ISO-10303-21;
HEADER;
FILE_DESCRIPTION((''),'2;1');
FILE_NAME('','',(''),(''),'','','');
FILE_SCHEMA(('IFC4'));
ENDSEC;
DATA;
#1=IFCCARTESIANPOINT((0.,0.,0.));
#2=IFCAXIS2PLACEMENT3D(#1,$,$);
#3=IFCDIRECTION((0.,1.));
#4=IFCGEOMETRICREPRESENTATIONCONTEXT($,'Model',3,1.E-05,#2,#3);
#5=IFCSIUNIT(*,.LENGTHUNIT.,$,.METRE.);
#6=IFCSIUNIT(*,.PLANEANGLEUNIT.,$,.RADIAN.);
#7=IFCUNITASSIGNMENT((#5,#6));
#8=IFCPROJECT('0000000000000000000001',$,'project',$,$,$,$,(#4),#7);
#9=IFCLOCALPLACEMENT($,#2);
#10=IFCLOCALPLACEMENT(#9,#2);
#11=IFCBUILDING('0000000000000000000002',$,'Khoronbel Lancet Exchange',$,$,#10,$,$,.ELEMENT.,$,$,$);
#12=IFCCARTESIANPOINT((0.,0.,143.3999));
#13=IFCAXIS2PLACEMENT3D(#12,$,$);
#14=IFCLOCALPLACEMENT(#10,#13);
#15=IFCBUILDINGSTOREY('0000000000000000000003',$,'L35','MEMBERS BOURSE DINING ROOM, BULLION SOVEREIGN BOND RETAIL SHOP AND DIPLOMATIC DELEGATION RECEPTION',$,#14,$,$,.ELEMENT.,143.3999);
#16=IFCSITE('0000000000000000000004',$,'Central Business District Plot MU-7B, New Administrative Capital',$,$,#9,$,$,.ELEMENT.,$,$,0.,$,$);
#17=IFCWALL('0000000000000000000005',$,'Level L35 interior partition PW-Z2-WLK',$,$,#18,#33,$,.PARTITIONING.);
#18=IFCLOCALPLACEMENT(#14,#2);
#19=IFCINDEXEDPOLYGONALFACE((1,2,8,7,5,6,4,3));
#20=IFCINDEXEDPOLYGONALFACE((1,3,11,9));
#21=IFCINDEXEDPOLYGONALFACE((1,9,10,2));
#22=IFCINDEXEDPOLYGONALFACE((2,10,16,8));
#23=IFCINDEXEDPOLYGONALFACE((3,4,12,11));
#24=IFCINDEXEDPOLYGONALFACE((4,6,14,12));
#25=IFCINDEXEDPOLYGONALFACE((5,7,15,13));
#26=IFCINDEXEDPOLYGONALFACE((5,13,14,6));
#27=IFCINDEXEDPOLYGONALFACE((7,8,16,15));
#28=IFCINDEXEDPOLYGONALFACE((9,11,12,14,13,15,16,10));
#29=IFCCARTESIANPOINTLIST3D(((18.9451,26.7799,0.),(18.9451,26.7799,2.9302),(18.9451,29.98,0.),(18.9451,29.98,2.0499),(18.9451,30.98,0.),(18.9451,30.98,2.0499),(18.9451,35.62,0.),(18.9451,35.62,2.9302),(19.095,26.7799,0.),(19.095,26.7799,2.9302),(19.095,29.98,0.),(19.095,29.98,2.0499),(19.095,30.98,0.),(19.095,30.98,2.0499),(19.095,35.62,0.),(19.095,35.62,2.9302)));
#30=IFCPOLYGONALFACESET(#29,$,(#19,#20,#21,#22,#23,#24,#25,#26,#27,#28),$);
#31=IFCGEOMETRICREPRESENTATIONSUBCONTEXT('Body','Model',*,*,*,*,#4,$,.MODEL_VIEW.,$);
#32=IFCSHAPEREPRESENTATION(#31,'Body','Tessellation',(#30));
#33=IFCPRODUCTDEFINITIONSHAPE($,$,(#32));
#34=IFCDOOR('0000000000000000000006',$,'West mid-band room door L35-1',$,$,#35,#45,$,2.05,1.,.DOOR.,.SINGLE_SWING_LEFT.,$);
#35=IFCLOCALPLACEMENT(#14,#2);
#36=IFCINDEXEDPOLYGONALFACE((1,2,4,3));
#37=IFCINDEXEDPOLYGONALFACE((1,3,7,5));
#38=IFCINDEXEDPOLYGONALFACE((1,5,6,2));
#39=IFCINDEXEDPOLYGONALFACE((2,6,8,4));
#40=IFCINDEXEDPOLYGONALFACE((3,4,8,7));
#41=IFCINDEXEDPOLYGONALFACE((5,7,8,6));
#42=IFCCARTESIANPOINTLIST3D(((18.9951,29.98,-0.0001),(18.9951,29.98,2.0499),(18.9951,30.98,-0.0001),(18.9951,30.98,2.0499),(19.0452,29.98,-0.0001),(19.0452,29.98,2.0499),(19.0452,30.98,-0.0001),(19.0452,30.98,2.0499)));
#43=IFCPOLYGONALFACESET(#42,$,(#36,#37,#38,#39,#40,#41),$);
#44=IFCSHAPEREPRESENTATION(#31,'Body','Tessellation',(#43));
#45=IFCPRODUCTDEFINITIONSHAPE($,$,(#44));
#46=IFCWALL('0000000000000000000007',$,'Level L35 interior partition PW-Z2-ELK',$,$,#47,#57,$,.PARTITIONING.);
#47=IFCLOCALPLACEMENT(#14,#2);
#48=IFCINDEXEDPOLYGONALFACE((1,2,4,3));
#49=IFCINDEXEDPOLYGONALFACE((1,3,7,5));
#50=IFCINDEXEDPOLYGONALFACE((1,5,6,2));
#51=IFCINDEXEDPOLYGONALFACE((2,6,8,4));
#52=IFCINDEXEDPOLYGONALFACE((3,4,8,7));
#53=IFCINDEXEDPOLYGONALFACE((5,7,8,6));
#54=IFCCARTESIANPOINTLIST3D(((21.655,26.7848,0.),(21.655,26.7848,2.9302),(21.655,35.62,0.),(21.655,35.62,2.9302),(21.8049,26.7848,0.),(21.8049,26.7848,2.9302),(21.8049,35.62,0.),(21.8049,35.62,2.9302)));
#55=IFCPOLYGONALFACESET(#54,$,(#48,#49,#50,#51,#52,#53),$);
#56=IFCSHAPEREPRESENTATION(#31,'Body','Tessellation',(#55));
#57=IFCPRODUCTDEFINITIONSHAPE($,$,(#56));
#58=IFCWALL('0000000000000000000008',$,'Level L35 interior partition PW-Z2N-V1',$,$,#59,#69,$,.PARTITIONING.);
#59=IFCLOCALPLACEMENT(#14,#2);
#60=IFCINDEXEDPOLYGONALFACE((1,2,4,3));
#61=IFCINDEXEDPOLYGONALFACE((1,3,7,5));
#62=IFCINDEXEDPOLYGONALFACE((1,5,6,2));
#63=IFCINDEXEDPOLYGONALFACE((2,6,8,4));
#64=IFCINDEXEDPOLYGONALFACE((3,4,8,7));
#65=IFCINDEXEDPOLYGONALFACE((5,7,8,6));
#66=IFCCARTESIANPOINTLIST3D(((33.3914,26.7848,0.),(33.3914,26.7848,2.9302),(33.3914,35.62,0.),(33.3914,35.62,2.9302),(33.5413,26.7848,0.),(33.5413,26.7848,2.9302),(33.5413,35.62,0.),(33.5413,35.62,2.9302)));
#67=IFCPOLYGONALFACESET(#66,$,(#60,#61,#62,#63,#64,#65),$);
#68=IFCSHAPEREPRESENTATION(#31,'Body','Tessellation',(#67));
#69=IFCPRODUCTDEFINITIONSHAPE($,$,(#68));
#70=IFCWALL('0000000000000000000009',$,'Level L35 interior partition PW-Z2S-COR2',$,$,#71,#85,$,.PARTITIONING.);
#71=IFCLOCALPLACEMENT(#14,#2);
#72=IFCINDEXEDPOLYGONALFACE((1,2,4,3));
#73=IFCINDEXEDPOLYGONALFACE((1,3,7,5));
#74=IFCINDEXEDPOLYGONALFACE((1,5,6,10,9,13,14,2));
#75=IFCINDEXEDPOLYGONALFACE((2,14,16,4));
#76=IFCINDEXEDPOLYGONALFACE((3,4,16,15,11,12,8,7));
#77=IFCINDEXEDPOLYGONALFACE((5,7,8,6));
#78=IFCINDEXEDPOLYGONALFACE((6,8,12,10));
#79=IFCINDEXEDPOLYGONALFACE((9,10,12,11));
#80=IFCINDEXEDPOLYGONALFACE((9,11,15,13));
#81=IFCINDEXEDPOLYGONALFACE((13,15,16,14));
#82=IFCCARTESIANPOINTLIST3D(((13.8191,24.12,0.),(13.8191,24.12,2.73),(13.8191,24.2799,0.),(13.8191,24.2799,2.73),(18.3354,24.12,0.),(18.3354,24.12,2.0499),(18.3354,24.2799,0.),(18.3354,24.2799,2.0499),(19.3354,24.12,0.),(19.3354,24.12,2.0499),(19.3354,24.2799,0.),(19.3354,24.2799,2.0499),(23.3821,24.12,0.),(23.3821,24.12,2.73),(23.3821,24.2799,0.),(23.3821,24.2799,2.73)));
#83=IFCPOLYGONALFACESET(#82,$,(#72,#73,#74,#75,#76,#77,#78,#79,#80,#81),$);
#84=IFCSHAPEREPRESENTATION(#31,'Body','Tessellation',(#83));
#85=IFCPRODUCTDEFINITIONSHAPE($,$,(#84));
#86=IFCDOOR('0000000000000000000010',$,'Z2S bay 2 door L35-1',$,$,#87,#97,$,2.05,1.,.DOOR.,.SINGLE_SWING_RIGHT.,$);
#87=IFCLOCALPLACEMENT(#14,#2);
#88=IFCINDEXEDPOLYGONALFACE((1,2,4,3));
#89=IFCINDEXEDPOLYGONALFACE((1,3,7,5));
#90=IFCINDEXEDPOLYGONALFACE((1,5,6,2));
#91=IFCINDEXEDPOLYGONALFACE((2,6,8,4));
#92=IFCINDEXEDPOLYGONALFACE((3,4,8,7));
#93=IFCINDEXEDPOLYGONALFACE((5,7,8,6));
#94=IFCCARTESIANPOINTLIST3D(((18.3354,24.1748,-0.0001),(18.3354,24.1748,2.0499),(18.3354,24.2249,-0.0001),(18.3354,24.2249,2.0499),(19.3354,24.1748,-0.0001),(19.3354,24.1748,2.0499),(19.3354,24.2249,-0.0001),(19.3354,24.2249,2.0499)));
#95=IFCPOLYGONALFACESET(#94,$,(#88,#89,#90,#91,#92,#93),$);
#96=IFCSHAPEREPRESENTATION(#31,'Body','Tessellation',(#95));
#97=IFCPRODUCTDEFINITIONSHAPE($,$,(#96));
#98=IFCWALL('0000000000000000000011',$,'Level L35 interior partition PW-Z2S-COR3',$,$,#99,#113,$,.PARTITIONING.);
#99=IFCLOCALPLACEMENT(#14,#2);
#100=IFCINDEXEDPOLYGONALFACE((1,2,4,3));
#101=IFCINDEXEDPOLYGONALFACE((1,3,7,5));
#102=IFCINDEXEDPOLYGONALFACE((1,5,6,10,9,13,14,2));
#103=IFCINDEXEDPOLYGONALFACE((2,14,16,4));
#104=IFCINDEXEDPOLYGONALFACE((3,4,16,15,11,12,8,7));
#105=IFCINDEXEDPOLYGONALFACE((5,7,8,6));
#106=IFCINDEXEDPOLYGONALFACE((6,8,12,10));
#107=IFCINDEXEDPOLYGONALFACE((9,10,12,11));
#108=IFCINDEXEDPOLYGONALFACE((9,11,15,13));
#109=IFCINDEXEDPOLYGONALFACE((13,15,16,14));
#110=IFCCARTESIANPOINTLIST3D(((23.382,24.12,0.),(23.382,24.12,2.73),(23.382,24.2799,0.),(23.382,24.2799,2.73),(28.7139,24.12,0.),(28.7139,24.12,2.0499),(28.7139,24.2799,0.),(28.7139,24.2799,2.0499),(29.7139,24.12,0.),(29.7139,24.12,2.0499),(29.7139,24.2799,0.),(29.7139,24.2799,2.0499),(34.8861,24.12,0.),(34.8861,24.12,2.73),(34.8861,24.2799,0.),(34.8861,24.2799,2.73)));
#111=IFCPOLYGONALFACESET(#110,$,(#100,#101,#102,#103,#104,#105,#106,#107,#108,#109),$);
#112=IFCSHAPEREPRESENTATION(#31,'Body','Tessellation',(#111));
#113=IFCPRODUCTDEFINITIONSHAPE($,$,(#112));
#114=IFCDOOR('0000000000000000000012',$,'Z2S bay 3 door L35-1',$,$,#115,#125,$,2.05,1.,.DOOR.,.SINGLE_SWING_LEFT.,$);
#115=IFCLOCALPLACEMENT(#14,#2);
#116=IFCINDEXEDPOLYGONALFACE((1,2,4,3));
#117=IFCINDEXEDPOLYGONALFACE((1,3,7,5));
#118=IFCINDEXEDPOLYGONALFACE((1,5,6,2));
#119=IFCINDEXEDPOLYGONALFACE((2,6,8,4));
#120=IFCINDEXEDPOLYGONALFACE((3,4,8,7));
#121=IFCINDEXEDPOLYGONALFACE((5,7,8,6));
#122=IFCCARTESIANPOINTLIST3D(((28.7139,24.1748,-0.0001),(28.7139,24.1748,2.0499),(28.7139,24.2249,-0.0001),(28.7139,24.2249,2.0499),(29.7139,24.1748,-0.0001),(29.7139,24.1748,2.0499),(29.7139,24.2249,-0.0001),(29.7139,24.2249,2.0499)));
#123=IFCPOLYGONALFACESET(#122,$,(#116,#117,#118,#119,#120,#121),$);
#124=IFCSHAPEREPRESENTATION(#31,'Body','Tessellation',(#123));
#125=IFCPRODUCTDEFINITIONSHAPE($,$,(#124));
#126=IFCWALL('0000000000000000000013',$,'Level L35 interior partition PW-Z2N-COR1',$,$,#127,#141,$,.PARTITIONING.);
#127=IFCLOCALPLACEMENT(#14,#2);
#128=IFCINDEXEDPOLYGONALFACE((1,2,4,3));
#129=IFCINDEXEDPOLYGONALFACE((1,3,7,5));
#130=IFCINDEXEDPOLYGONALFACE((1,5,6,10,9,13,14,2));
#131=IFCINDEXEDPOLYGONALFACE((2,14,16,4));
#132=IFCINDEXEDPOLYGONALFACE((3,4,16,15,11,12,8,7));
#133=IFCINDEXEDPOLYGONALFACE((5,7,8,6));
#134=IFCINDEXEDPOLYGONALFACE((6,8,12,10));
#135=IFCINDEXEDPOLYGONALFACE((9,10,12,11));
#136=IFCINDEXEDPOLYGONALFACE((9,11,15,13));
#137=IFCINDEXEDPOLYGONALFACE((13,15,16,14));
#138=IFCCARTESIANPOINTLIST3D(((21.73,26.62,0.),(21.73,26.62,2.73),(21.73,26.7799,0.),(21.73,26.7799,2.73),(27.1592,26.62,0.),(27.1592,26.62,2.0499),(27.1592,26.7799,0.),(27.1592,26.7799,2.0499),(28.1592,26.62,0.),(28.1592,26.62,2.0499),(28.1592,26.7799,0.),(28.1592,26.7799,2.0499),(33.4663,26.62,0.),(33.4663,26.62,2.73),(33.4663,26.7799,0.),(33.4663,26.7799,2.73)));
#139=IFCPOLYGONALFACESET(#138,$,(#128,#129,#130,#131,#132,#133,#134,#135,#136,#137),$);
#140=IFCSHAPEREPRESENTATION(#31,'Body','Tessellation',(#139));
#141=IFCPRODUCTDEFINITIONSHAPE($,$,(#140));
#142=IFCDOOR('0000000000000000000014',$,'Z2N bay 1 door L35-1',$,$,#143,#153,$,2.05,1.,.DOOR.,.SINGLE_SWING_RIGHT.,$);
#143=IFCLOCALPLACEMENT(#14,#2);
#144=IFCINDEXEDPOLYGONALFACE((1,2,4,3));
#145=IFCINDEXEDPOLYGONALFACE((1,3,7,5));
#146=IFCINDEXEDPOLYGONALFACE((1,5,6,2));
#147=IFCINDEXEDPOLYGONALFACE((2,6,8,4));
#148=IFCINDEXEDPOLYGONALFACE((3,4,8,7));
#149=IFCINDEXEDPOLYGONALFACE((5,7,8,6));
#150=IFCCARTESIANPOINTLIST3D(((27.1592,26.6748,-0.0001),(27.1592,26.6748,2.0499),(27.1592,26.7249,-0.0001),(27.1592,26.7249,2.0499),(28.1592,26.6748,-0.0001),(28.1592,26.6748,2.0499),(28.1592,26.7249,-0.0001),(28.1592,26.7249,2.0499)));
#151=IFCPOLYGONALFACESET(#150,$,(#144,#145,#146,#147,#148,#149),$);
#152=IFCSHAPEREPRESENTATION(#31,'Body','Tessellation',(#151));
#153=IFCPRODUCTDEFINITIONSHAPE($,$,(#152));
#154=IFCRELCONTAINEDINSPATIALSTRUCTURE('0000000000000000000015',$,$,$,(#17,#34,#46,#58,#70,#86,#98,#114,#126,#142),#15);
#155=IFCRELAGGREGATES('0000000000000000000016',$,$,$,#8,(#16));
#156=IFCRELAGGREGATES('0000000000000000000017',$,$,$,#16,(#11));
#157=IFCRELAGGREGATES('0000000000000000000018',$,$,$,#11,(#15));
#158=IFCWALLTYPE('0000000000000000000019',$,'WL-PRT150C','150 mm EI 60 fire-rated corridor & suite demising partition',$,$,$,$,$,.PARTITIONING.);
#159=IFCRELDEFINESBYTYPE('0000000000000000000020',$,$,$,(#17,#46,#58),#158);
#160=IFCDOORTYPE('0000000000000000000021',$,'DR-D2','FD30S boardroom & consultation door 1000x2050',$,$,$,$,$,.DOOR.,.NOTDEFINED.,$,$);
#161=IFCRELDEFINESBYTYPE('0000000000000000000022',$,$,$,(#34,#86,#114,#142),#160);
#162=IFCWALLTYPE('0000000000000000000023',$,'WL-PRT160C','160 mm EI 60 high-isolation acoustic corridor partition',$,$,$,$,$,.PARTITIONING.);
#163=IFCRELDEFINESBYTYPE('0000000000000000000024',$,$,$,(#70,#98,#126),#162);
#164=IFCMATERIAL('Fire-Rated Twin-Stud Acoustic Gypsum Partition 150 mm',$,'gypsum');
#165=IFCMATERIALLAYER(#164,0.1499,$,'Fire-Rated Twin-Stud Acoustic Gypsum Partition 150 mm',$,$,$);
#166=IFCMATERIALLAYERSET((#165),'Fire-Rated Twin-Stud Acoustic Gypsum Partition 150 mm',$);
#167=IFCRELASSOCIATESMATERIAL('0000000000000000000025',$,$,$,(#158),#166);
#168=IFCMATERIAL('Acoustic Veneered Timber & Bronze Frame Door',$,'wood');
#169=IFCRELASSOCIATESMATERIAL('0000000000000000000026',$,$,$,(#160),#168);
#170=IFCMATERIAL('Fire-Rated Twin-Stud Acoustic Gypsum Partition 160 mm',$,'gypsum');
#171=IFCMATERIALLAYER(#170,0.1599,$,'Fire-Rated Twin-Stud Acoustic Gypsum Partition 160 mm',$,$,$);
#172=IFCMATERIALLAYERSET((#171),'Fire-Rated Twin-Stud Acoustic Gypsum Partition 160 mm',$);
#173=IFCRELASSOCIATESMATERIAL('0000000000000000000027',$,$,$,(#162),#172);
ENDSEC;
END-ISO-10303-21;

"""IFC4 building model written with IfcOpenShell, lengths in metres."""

from ifc_helpers import new_model, si_unit, direction, frame, frame_2d, origin, place, context, subcontext, project, spatial, rectangle, extrude, material, layer, layer_set, type_object, element, fill, save


model = new_model("IFC4")

# Units and contexts
model_context = context("Model", 3, precision=1e-05, world=origin(), true_north=direction((0.0, 1.0)))
body_context = subcontext(model_context, "Body", "Model", "MODEL_VIEW")
ifc_project = project(units=[si_unit("LENGTHUNIT", "METRE"), si_unit("PLANEANGLEUNIT", "RADIAN")], contexts=[model_context])

# Site, building, storey
site_placement = place(None, origin())
site = spatial("IfcSite", under=ifc_project, at=site_placement, Name="Central Business District Plot MU-7B, New Administrative Capital", CompositionType="ELEMENT", RefElevation=0.0)
building_placement = place(site_placement, origin())
building = spatial("IfcBuilding", under=site, at=building_placement, Name="Khoronbel Lancet Exchange", CompositionType="ELEMENT")
storey_placement = place(building_placement, frame((0.0, 0.0, 143.3999)))
storey = spatial("IfcBuildingStorey", under=building, at=storey_placement, Name="L35", Description="MEMBERS BOURSE DINING ROOM, BULLION SOVEREIGN BOND RETAIL SHOP AND DIPLOMATIC DELEGATION RECEPTION", CompositionType="ELEMENT", Elevation=143.3999)

# Wall, opening, door
ifc_material_1 = material(Name="Fire-Rated Twin-Stud Acoustic Gypsum Partition 150 mm", Category="gypsum")
ifc_layer_1 = layer(ifc_material_1, 0.1499, Name="Fire-Rated Twin-Stud Acoustic Gypsum Partition 150 mm")
ifc_layer_set_1 = layer_set([ifc_layer_1], Name="Fire-Rated Twin-Stud Acoustic Gypsum Partition 150 mm")
wall_type_1 = type_object("IfcWallType", Name="WL-PRT150C", Description="150 mm EI 60 fire-rated corridor & suite demising partition", PredefinedType="PARTITIONING", material=ifc_layer_set_1)
wall_1_placement = place(storey_placement, frame((19.02, 26.78, 0.0), z_axis=(0.0, 0.0, 1.0), x_axis=(0.0, 1.0, 0.0)))
wall_1 = element("IfcWall", 1, at=wall_1_placement, inside=storey, type_object=wall_type_1, Name="Level L35 interior partition PW-Z2-WLK", PredefinedType="PARTITIONING", context=body_context, shape_type="SweptSolid", body=[
    extrude(rectangle(XDim=8.8401, YDim=0.1499, at=frame_2d((4.4199, 0.0))), origin(), (0.0, 0.0, 1.0), 2.9302),
])
opening_1_placement = place(wall_1_placement, frame((3.2, 0.0, 0.0)))
opening_1 = element("IfcOpeningElement", 2, at=opening_1_placement, cuts=wall_1, PredefinedType="OPENING", context=body_context, shape_type="SweptSolid", body=[
    extrude(rectangle(XDim=1.0, YDim=2.05, at=frame_2d((0.5, 1.0249))), frame((0.0, 0.085, 0.0), z_axis=(0.0, -1.0, 0.0), x_axis=(1.0, 0.0, 0.0)), (0.0, 0.0, 1.0), 0.1699),
])
ifc_material_2 = material(Name="Acoustic Veneered Timber & Bronze Frame Door", Category="wood")
door_type_1 = type_object("IfcDoorType", Name="DR-D2", Description="FD30S boardroom & consultation door 1000x2050", OperationType="NOTDEFINED", PredefinedType="DOOR", material=ifc_material_2)
door_1_placement = place(opening_1_placement, origin())
door_1 = element("IfcDoor", 3, at=door_1_placement, inside=storey, type_object=door_type_1, Name="West mid-band room door L35-1", OperationType="SINGLE_SWING_LEFT", OverallHeight=2.05, OverallWidth=1.0, PredefinedType="DOOR", context=body_context, shape_type="SweptSolid", body=[
    extrude(rectangle(XDim=1.0, YDim=2.05, at=frame_2d((0.5, 1.0249))), frame((0.0, 0.0249, 0.0), z_axis=(0.0, -1.0, 0.0), x_axis=(1.0, 0.0, 0.0)), (0.0, 0.0, 1.0), 0.05),
])
fill(opening_1, door_1)

# Walls
for number, where, z_axis, x_axis, name in (
    (4, (21.73, 26.7849, 0.0), (0.0, 0.0, 1.0), (0.0, 1.0, 0.0), "Level L35 interior partition PW-Z2-ELK"),
    (5, (33.4663, 26.7849, 0.0), (0.0, 0.0, 1.0), (0.0, 1.0, 0.0), "Level L35 interior partition PW-Z2N-V1"),
):
    element("IfcWall", number, at=place(storey_placement, frame(where, z_axis=z_axis, x_axis=x_axis)), inside=storey, type_object=wall_type_1, Name=name, PredefinedType="PARTITIONING", context=body_context, shape_type="SweptSolid", body=[
        extrude(rectangle(XDim=8.8352, YDim=0.1499, at=frame_2d((4.4175, 0.0))), origin(), (0.0, 0.0, 1.0), 2.9302),
    ])

# Walls, openings, doors
ifc_material_3 = material(Name="Fire-Rated Twin-Stud Acoustic Gypsum Partition 160 mm", Category="gypsum")
ifc_layer_2 = layer(ifc_material_3, 0.1599, Name="Fire-Rated Twin-Stud Acoustic Gypsum Partition 160 mm")
ifc_layer_set_2 = layer_set([ifc_layer_2], Name="Fire-Rated Twin-Stud Acoustic Gypsum Partition 160 mm")
wall_type_2 = type_object("IfcWallType", Name="WL-PRT160C", Description="160 mm EI 60 high-isolation acoustic corridor partition", PredefinedType="PARTITIONING", material=ifc_layer_set_2)
wall_2_placement = place(storey_placement, frame((13.8191, 24.2, 0.0), z_axis=(0.0, 0.0, 1.0), x_axis=(1.0, 0.0, 0.0)))
wall_2 = element("IfcWall", 6, at=wall_2_placement, inside=storey, type_object=wall_type_2, Name="Level L35 interior partition PW-Z2S-COR2", PredefinedType="PARTITIONING", context=body_context, shape_type="SweptSolid", body=[
    extrude(rectangle(XDim=9.563, YDim=0.1599, at=frame_2d((4.7815, 0.0))), origin(), (0.0, 0.0, 1.0), 2.73),
])
opening_2_placement = place(wall_2_placement, frame((4.5164, 0.0, 0.0)))
opening_2 = element("IfcOpeningElement", 7, at=opening_2_placement, cuts=wall_2, PredefinedType="OPENING", context=body_context, shape_type="SweptSolid", body=[
    extrude(rectangle(XDim=1.0, YDim=2.05, at=frame_2d((0.5, 1.0249))), frame((0.0, 0.0898, 0.0), z_axis=(0.0, -1.0, 0.0), x_axis=(1.0, 0.0, 0.0)), (0.0, 0.0, 1.0), 0.1799),
])
door_2_placement = place(opening_2_placement, origin())
door_2 = element("IfcDoor", 8, at=door_2_placement, inside=storey, type_object=door_type_1, Name="Z2S bay 2 door L35-1", OperationType="SINGLE_SWING_RIGHT", OverallHeight=2.05, OverallWidth=1.0, PredefinedType="DOOR", context=body_context, shape_type="SweptSolid", body=[
    extrude(rectangle(XDim=1.0, YDim=2.05, at=frame_2d((0.5, 1.0249))), frame((0.0, 0.0249, 0.0), z_axis=(0.0, -1.0, 0.0), x_axis=(1.0, 0.0, 0.0)), (0.0, 0.0, 1.0), 0.05),
])
fill(opening_2, door_2)
wall_3_placement = place(storey_placement, frame((23.3821, 24.2, 0.0), z_axis=(0.0, 0.0, 1.0), x_axis=(1.0, 0.0, 0.0)))
wall_3 = element("IfcWall", 9, at=wall_3_placement, inside=storey, type_object=wall_type_2, Name="Level L35 interior partition PW-Z2S-COR3", PredefinedType="PARTITIONING", context=body_context, shape_type="SweptSolid", body=[
    extrude(rectangle(XDim=11.5042, YDim=0.1599, at=frame_2d((5.752, 0.0))), origin(), (0.0, 0.0, 1.0), 2.73),
])
opening_3_placement = place(wall_3_placement, frame((5.3318, 0.0, 0.0)))
opening_3 = element("IfcOpeningElement", 10, at=opening_3_placement, cuts=wall_3, PredefinedType="OPENING", context=body_context, shape_type="SweptSolid", body=[
    extrude(rectangle(XDim=1.0, YDim=2.05, at=frame_2d((0.5, 1.0249))), frame((0.0, 0.0898, 0.0), z_axis=(0.0, -1.0, 0.0), x_axis=(1.0, 0.0, 0.0)), (0.0, 0.0, 1.0), 0.1799),
])
door_3_placement = place(opening_3_placement, origin())
door_3 = element("IfcDoor", 11, at=door_3_placement, inside=storey, type_object=door_type_1, Name="Z2S bay 3 door L35-1", OperationType="SINGLE_SWING_LEFT", OverallHeight=2.05, OverallWidth=1.0, PredefinedType="DOOR", context=body_context, shape_type="SweptSolid", body=[
    extrude(rectangle(XDim=1.0, YDim=2.05, at=frame_2d((0.5, 1.0249))), frame((0.0, 0.0249, 0.0), z_axis=(0.0, -1.0, 0.0), x_axis=(1.0, 0.0, 0.0)), (0.0, 0.0, 1.0), 0.05),
])
fill(opening_3, door_3)
wall_4_placement = place(storey_placement, frame((21.73, 26.7, 0.0), z_axis=(0.0, 0.0, 1.0), x_axis=(1.0, 0.0, 0.0)))
wall_4 = element("IfcWall", 12, at=wall_4_placement, inside=storey, type_object=wall_type_2, Name="Level L35 interior partition PW-Z2N-COR1", PredefinedType="PARTITIONING", context=body_context, shape_type="SweptSolid", body=[
    extrude(rectangle(XDim=11.7363, YDim=0.1599, at=frame_2d((5.8682, 0.0))), origin(), (0.0, 0.0, 1.0), 2.73),
])
opening_4_placement = place(wall_4_placement, frame((5.4292, 0.0, 0.0)))
opening_4 = element("IfcOpeningElement", 13, at=opening_4_placement, cuts=wall_4, PredefinedType="OPENING", context=body_context, shape_type="SweptSolid", body=[
    extrude(rectangle(XDim=1.0, YDim=2.05, at=frame_2d((0.5, 1.0249))), frame((0.0, 0.0898, 0.0), z_axis=(0.0, -1.0, 0.0), x_axis=(1.0, 0.0, 0.0)), (0.0, 0.0, 1.0), 0.1799),
])
door_4_placement = place(opening_4_placement, origin())
door_4 = element("IfcDoor", 14, at=door_4_placement, inside=storey, type_object=door_type_1, Name="Z2N bay 1 door L35-1", OperationType="SINGLE_SWING_RIGHT", OverallHeight=2.05, OverallWidth=1.0, PredefinedType="DOOR", context=body_context, shape_type="SweptSolid", body=[
    extrude(rectangle(XDim=1.0, YDim=2.05, at=frame_2d((0.5, 1.0249))), frame((0.0, 0.0249, 0.0), z_axis=(0.0, -1.0, 0.0), x_axis=(1.0, 0.0, 0.0)), (0.0, 0.0, 1.0), 0.05),
])
fill(opening_4, door_4)

save(model, "model.ifc")
